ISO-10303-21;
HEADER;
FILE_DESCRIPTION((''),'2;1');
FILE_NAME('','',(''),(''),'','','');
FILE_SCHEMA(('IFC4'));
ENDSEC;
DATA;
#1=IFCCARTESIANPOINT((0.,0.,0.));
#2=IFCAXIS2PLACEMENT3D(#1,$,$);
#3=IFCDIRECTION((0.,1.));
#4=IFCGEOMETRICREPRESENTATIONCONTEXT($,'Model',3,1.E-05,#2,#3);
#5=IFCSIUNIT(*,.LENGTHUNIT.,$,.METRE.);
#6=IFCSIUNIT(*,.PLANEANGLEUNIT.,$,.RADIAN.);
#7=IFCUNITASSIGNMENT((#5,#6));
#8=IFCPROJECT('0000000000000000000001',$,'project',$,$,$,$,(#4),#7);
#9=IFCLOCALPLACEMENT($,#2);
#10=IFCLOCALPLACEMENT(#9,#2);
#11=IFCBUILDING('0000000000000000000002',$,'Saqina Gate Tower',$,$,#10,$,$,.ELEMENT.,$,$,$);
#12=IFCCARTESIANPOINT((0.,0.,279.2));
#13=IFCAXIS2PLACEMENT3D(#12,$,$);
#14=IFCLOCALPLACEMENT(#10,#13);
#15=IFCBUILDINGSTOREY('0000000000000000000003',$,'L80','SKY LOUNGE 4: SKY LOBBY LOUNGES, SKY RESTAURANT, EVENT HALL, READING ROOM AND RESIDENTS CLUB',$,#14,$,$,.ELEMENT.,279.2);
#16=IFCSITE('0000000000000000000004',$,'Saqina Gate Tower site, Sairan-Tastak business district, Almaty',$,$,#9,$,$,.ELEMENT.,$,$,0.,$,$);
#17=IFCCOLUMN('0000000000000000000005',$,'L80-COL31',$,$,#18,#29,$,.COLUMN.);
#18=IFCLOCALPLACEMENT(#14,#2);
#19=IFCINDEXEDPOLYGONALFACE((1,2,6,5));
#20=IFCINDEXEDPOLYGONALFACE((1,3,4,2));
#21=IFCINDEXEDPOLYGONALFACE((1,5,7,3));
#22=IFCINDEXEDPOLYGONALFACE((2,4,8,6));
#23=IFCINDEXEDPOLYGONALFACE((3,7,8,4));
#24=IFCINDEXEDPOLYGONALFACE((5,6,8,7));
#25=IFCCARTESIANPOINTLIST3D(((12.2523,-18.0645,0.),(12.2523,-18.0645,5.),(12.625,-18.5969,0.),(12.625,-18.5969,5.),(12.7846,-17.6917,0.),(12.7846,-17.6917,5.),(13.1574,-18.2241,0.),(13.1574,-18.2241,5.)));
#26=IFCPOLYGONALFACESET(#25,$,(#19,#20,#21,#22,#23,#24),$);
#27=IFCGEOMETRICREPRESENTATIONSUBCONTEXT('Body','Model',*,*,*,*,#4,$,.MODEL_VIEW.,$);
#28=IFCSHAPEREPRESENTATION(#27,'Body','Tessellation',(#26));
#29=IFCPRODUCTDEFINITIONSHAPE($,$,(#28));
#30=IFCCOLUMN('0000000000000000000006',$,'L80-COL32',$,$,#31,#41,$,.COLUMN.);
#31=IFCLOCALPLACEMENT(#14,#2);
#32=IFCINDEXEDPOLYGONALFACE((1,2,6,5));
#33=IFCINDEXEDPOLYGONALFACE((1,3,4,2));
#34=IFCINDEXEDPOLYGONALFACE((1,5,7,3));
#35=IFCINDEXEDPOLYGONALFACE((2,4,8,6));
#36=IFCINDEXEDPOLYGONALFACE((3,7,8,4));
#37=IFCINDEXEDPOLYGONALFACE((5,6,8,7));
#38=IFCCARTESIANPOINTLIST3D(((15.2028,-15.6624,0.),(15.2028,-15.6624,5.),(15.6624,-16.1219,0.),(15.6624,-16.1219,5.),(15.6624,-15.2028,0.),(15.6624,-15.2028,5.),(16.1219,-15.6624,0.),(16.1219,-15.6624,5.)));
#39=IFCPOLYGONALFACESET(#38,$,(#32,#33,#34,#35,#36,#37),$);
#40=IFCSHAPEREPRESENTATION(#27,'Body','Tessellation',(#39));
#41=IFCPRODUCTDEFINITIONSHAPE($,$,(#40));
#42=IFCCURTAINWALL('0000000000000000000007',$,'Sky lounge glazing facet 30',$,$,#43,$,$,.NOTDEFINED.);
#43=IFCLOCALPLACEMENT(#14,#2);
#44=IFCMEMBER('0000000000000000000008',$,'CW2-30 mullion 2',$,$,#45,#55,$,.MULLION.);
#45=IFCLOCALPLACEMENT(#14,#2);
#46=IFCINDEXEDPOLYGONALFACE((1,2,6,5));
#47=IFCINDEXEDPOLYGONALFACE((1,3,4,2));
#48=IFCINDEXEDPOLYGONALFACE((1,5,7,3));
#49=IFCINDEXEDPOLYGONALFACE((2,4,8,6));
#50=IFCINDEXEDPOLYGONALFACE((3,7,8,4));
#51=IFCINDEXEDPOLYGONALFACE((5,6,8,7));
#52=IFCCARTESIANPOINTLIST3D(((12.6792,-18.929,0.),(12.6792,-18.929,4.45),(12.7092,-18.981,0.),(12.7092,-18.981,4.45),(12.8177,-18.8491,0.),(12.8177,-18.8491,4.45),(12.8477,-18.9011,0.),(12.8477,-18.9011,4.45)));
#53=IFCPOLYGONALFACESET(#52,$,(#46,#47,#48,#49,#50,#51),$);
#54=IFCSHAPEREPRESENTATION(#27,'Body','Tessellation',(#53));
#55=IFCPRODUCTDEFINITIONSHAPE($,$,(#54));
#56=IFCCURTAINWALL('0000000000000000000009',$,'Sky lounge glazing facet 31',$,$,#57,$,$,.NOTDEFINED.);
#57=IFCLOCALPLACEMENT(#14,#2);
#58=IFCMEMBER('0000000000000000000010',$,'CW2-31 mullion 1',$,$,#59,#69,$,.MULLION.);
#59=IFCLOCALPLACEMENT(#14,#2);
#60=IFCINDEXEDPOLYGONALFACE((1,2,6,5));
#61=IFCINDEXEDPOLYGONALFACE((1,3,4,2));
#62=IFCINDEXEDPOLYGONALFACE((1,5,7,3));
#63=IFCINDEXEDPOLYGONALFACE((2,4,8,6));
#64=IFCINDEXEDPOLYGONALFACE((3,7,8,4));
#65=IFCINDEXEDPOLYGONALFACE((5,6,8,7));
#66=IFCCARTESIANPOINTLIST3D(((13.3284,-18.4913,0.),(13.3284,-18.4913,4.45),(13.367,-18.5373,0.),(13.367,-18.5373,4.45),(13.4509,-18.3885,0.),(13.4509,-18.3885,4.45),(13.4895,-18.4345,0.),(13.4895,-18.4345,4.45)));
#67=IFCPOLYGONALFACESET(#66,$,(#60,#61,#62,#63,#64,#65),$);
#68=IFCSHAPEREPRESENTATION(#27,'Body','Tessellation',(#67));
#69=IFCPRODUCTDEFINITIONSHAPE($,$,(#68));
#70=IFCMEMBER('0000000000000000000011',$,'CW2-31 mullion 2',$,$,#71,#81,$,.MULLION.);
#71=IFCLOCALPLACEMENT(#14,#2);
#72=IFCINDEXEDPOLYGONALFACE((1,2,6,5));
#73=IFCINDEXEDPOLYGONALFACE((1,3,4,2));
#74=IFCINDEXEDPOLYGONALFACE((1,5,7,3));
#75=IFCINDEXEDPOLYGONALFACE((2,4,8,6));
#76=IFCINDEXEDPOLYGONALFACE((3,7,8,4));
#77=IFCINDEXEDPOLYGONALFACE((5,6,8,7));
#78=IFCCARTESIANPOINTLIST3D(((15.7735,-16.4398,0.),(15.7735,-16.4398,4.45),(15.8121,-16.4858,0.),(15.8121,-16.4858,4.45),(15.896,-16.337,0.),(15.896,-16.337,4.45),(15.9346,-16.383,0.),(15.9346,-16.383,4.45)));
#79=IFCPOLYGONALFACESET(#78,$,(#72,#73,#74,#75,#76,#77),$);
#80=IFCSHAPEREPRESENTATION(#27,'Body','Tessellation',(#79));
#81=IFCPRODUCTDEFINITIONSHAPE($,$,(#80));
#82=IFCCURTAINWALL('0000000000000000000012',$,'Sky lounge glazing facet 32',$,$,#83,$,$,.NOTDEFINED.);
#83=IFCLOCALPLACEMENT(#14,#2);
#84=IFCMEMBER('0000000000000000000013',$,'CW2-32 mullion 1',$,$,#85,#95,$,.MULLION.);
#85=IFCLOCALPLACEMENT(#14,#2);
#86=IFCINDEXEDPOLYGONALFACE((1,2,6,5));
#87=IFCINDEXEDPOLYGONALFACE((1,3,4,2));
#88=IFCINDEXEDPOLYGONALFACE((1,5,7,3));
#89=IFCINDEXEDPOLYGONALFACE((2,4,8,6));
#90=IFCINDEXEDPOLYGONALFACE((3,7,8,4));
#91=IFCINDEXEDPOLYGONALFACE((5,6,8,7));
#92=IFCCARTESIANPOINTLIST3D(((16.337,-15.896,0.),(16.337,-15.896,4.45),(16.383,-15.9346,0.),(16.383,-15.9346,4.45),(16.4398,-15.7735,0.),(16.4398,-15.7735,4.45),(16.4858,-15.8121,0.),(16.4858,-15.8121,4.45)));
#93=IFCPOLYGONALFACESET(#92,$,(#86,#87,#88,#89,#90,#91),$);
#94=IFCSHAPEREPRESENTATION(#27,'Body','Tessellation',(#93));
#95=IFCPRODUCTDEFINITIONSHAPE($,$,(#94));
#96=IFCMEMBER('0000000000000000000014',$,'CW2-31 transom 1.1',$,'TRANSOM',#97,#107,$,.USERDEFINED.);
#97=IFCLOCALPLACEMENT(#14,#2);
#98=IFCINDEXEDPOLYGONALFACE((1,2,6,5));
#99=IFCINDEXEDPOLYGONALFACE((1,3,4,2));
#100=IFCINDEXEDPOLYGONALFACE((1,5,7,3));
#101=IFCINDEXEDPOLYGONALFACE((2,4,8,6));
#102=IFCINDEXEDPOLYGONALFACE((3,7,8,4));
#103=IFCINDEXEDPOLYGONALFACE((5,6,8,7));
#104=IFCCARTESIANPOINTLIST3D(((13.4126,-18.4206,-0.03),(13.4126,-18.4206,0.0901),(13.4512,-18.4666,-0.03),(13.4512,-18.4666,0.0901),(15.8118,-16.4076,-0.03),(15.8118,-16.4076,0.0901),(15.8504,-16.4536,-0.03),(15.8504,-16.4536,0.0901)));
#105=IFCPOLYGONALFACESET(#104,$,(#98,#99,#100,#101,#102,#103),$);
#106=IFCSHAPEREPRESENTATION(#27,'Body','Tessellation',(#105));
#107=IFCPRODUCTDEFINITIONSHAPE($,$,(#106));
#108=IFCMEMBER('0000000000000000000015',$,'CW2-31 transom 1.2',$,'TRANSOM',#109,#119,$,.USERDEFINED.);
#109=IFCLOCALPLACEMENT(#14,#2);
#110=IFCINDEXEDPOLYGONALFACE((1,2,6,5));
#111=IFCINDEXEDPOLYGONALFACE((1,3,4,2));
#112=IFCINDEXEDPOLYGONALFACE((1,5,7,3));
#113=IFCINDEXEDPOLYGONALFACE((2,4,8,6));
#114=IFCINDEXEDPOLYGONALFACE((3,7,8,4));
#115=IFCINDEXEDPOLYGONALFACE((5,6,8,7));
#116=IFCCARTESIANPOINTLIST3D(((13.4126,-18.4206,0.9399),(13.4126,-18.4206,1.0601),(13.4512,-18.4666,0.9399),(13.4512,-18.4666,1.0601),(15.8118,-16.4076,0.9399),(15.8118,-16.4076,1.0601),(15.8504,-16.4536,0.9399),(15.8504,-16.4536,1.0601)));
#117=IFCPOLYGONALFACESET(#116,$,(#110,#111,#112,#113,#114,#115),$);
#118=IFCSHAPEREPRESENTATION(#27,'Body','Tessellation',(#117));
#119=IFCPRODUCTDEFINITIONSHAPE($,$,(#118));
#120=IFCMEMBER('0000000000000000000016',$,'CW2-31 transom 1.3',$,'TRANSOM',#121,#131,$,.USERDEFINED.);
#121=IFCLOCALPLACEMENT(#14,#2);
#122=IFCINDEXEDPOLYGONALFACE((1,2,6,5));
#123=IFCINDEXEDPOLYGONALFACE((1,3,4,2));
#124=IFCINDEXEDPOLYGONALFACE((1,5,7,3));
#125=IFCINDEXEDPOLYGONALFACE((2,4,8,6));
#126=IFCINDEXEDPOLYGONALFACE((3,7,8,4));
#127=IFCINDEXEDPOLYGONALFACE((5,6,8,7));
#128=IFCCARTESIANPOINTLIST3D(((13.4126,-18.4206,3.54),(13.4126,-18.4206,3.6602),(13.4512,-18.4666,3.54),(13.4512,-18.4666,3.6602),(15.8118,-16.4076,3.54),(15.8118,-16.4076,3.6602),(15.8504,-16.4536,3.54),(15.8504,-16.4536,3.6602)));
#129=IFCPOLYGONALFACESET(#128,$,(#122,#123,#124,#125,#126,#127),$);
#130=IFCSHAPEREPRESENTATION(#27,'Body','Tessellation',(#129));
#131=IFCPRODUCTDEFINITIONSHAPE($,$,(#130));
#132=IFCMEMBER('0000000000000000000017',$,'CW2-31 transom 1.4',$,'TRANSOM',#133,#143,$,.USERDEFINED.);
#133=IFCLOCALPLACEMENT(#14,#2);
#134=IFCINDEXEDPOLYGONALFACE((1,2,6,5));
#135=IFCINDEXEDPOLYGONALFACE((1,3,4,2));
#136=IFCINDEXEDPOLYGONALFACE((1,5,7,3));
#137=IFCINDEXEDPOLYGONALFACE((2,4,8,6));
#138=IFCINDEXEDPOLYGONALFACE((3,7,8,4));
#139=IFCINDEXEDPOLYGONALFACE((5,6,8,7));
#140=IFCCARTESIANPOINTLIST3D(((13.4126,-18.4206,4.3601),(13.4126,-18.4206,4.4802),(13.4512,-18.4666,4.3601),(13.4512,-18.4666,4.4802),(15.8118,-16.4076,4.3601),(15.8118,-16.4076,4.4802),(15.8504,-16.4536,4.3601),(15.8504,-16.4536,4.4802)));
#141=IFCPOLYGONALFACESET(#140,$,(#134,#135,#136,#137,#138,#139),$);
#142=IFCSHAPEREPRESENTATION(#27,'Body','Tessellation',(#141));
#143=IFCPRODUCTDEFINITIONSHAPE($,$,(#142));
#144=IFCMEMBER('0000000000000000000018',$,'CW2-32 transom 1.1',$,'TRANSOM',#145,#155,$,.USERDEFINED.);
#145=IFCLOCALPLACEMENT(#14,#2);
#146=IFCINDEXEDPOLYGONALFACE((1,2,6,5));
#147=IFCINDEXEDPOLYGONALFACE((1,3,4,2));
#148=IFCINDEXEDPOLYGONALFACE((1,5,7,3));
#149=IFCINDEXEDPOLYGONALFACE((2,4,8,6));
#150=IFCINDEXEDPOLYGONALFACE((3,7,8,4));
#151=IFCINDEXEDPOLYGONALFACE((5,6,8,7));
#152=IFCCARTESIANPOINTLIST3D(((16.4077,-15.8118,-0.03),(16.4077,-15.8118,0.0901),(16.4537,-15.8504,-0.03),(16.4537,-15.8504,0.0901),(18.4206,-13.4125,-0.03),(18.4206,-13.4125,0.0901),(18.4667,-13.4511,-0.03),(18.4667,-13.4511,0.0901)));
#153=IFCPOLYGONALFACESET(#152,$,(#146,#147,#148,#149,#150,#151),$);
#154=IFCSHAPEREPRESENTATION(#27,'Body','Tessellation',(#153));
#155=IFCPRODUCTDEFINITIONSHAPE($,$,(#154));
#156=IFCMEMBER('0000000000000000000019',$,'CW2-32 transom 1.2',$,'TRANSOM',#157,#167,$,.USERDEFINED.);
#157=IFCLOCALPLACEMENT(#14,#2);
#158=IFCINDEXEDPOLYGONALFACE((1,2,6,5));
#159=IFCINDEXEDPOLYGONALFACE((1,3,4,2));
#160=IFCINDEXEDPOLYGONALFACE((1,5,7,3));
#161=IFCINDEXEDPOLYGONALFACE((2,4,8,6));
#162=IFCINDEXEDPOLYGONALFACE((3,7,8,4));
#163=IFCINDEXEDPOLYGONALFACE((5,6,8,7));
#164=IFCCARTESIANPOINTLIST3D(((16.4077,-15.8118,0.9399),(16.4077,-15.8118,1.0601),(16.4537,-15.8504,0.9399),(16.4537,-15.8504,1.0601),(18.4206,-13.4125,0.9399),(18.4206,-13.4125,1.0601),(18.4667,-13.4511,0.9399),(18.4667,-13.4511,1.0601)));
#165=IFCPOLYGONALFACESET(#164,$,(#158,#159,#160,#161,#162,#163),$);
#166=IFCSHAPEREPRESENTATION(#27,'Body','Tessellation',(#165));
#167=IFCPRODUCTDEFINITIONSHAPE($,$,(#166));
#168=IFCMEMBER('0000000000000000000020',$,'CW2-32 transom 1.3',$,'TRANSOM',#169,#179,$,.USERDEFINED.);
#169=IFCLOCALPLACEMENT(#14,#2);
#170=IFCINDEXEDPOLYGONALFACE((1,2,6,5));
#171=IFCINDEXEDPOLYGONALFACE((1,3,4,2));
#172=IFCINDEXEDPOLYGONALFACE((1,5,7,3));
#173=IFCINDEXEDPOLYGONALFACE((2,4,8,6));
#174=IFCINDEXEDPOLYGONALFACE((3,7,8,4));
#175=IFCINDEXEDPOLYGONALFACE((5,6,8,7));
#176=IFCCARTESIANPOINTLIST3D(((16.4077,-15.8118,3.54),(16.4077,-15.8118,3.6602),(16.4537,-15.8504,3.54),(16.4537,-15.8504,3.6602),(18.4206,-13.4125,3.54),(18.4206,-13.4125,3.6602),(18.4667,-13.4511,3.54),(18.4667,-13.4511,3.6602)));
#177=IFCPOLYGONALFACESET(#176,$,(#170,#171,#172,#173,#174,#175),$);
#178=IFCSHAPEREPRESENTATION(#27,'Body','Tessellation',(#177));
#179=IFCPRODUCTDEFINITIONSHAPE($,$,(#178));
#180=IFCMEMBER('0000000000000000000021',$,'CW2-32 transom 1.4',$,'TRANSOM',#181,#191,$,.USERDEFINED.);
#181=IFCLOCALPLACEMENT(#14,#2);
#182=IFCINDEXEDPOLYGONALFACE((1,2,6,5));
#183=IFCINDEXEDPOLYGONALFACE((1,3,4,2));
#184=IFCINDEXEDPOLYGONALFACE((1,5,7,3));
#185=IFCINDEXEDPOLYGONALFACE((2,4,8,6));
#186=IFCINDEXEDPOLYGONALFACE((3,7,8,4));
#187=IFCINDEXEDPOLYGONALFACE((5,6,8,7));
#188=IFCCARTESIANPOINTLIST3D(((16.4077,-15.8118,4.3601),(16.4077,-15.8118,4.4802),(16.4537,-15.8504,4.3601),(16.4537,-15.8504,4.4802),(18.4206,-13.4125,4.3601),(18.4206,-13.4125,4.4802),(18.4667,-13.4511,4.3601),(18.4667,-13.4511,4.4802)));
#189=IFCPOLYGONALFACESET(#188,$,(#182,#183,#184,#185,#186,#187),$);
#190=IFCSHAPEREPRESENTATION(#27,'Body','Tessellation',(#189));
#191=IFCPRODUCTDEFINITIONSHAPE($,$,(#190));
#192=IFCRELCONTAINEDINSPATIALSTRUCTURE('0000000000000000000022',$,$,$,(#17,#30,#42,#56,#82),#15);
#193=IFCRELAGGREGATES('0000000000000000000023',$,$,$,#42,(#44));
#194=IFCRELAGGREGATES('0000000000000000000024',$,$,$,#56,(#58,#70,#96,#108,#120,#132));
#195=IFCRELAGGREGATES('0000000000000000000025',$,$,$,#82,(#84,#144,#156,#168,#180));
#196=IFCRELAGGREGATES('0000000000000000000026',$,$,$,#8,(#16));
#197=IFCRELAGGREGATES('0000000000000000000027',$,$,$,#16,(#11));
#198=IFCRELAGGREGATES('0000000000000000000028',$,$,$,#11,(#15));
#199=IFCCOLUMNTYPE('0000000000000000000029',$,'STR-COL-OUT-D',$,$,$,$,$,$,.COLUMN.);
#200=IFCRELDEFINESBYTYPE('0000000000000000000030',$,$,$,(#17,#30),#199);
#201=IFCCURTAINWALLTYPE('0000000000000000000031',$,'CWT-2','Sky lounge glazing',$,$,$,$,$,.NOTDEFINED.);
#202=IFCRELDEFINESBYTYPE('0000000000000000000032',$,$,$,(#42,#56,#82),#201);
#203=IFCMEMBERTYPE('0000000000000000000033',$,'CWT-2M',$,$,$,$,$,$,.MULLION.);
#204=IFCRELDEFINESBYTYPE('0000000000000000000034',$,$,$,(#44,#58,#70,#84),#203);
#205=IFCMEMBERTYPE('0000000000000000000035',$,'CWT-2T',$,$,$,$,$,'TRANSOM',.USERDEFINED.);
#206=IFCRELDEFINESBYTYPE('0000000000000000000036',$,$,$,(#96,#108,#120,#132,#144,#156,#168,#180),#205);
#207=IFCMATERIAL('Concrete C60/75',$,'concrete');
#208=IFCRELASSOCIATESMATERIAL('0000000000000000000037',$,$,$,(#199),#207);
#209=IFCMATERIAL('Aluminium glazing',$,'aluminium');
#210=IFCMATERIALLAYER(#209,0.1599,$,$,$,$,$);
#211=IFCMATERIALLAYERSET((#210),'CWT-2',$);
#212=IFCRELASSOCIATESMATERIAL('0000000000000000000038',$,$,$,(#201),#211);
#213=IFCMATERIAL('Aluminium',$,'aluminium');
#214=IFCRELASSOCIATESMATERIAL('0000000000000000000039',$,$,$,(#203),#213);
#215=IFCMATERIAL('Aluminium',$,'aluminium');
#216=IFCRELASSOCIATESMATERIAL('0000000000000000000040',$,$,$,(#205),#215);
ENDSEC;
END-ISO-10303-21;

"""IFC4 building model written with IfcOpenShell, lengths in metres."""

from ifc_helpers import new_model, si_unit, direction, frame, origin, origin_2d, place, context, subcontext, project, spatial, rectangle, extrude, material, layer, layer_set, material_profile, profile_set, type_object, element, aggregate, save


model = new_model("IFC4")

# Units and contexts
model_context = context("Model", 3, precision=1e-05, world=origin(), true_north=direction((0.0, 1.0)))
body_context = subcontext(model_context, "Body", "Model", "MODEL_VIEW")
ifc_project = project(units=[si_unit("LENGTHUNIT", "METRE"), si_unit("PLANEANGLEUNIT", "RADIAN")], contexts=[model_context])

# Site, building, storey
site_placement = place(None, origin())
site = spatial("IfcSite", under=ifc_project, at=site_placement, Name="Saqina Gate Tower site, Sairan-Tastak business district, Almaty", CompositionType="ELEMENT", RefElevation=0.0)
building_placement = place(site_placement, origin())
building = spatial("IfcBuilding", under=site, at=building_placement, Name="Saqina Gate Tower", CompositionType="ELEMENT")
storey_placement = place(building_placement, frame((0.0, 0.0, 279.2)))
storey = spatial("IfcBuildingStorey", under=building, at=storey_placement, Name="L80", Description="SKY LOUNGE 4: SKY LOBBY LOUNGES, SKY RESTAURANT, EVENT HALL, READING ROOM AND RESIDENTS CLUB", CompositionType="ELEMENT", Elevation=279.2)

# Columns
ifc_material_1 = material(Name="Concrete C60/75", Category="concrete")
ifc_material_profile_1 = material_profile(ifc_material_1, rectangle(XDim=0.6499, YDim=0.6499, at=origin_2d()), Name="RC 650x650")
ifc_profile_set_1 = profile_set([ifc_material_profile_1], Name="Concrete C60/75")
column_type = type_object("IfcColumnType", Name="STR-COL-OUT-D", PredefinedType="COLUMN", material=ifc_profile_set_1)
for number, where, z_axis, x_axis, name in (
    (1, (12.7048, -18.1443, 0.0), (0.0, 0.0, 1.0), (0.573576, -0.819152, 0.0), "L80-COL31"),
    (2, (15.6624, -15.6624, 0.0), (0.0, 0.0, 1.0), (0.707107, -0.707107, 0.0), "L80-COL32"),
):
    element("IfcColumn", number, at=place(storey_placement, frame(where, z_axis=z_axis, x_axis=x_axis)), inside=storey, type_object=column_type, Name=name, PredefinedType="COLUMN", context=body_context, shape_type="SweptSolid", body=[
        extrude(rectangle(XDim=0.6499, YDim=0.6499, at=origin_2d()), origin(), (0.0, 0.0, 1.0), 5.0),
    ])

# Curtain wall, member
ifc_material_2 = material(Name="Aluminium glazing", Category="aluminium")
ifc_layer_1 = layer(ifc_material_2, 0.1599)
ifc_layer_set_1 = layer_set([ifc_layer_1], Name="CWT-2")
curtain_wall_type = type_object("IfcCurtainWallType", Name="CWT-2", Description="Sky lounge glazing", PredefinedType="NOTDEFINED", material=ifc_layer_set_1)
curtain_wall_1_placement = place(storey_placement, origin())
curtain_wall_1 = element("IfcCurtainWall", 3, at=curtain_wall_1_placement, inside=storey, type_object=curtain_wall_type, Name="Sky lounge glazing facet 30", PredefinedType="NOTDEFINED")
ifc_material_3 = material(Name="Aluminium", Category="aluminium")
ifc_material_profile_2 = material_profile(ifc_material_3, rectangle(XDim=0.0601, YDim=0.1599, at=origin_2d()), Name="Aluminium 60x160")
ifc_profile_set_2 = profile_set([ifc_material_profile_2], Name="Aluminium")
member_type_1 = type_object("IfcMemberType", Name="CWT-2M", PredefinedType="MULLION", material=ifc_profile_set_2)
member_1_placement = place(storey_placement, frame((12.7634, -18.915, 0.0), z_axis=(0.0, 0.0, 1.0), x_axis=(-0.499982, 0.866036, 0.0)))
member_1 = element("IfcMember", 4, at=member_1_placement, type_object=member_type_1, Name="CW2-30 mullion 2", PredefinedType="MULLION", context=body_context, shape_type="SweptSolid", body=[
    extrude(rectangle(XDim=0.0601, YDim=0.1599, at=origin_2d()), origin(), (0.0, 0.0, 1.0), 4.45),
])

# Curtain wall, members
curtain_wall_2_placement = place(storey_placement, origin())
curtain_wall_2 = element("IfcCurtainWall", 5, at=curtain_wall_2_placement, inside=storey, type_object=curtain_wall_type, Name="Sky lounge glazing facet 31", PredefinedType="NOTDEFINED")
member_2_placement = place(storey_placement, frame((13.4089, -18.4629, 0.0), z_axis=(0.0, 0.0, 1.0), x_axis=(-0.642785, 0.766046, 0.0)))
member_2 = element("IfcMember", 6, at=member_2_placement, type_object=member_type_1, Name="CW2-31 mullion 1", PredefinedType="MULLION", context=body_context, shape_type="SweptSolid", body=[
    extrude(rectangle(XDim=0.0601, YDim=0.1599, at=origin_2d()), origin(), (0.0, 0.0, 1.0), 4.45),
])
member_3_placement = place(storey_placement, frame((15.854, -16.4114, 0.0), z_axis=(0.0, 0.0, 1.0), x_axis=(-0.642785, 0.766046, 0.0)))
member_3 = element("IfcMember", 7, at=member_3_placement, type_object=member_type_1, Name="CW2-31 mullion 2", PredefinedType="MULLION", context=body_context, shape_type="SweptSolid", body=[
    extrude(rectangle(XDim=0.0601, YDim=0.1599, at=origin_2d()), origin(), (0.0, 0.0, 1.0), 4.45),
])

# Curtain wall, member
curtain_wall_3_placement = place(storey_placement, origin())
curtain_wall_3 = element("IfcCurtainWall", 8, at=curtain_wall_3_placement, inside=storey, type_object=curtain_wall_type, Name="Sky lounge glazing facet 32", PredefinedType="NOTDEFINED")
member_4_placement = place(storey_placement, frame((16.4114, -15.854, 0.0), z_axis=(0.0, 0.0, 1.0), x_axis=(-0.766046, 0.642785, 0.0)))
member_4 = element("IfcMember", 9, at=member_4_placement, type_object=member_type_1, Name="CW2-32 mullion 1", PredefinedType="MULLION", context=body_context, shape_type="SweptSolid", body=[
    extrude(rectangle(XDim=0.0601, YDim=0.1599, at=origin_2d()), origin(), (0.0, 0.0, 1.0), 4.45),
])

# Members
ifc_material_4 = material(Name="Aluminium", Category="aluminium")
ifc_material_profile_3 = material_profile(ifc_material_4, rectangle(XDim=0.0601, YDim=0.1201, at=origin_2d()), Name="Aluminium 60x120")
ifc_profile_set_3 = profile_set([ifc_material_profile_3], Name="Aluminium")
member_type_2 = type_object("IfcMemberType", Name="CWT-2T", ElementType="TRANSOM", PredefinedType="USERDEFINED", material=ifc_profile_set_3)
member_5_placement = place(storey_placement, frame((13.4319, -18.4436, 0.03), z_axis=(0.766076, 0.64275, 0.0), x_axis=(-0.64275, 0.766076, 0.0)))
member_5 = element("IfcMember", 10, at=member_5_placement, type_object=member_type_2, Name="CW2-31 transom 1.1", ObjectType="TRANSOM", PredefinedType="USERDEFINED", context=body_context, shape_type="SweptSolid", body=[
    extrude(rectangle(XDim=0.0601, YDim=0.1201, at=origin_2d()), origin(), (0.0, 0.0, 1.0), 3.1318),
])
member_6_placement = place(storey_placement, frame((13.4319, -18.4436, 1.0), z_axis=(0.766076, 0.64275, 0.0), x_axis=(-0.64275, 0.766076, 0.0)))
member_6 = element("IfcMember", 11, at=member_6_placement, type_object=member_type_2, Name="CW2-31 transom 1.2", ObjectType="TRANSOM", PredefinedType="USERDEFINED", context=body_context, shape_type="SweptSolid", body=[
    extrude(rectangle(XDim=0.0601, YDim=0.1201, at=origin_2d()), origin(), (0.0, 0.0, 1.0), 3.1318),
])
member_7_placement = place(storey_placement, frame((13.4319, -18.4436, 3.6001), z_axis=(0.766076, 0.64275, 0.0), x_axis=(-0.64275, 0.766076, 0.0)))
member_7 = element("IfcMember", 12, at=member_7_placement, type_object=member_type_2, Name="CW2-31 transom 1.3", ObjectType="TRANSOM", PredefinedType="USERDEFINED", context=body_context, shape_type="SweptSolid", body=[
    extrude(rectangle(XDim=0.0601, YDim=0.1201, at=origin_2d()), origin(), (0.0, 0.0, 1.0), 3.1318),
])
member_8_placement = place(storey_placement, frame((13.4319, -18.4436, 4.4202), z_axis=(0.766076, 0.64275, 0.0), x_axis=(-0.64275, 0.766076, 0.0)))
member_8 = element("IfcMember", 13, at=member_8_placement, type_object=member_type_2, Name="CW2-31 transom 1.4", ObjectType="TRANSOM", PredefinedType="USERDEFINED", context=body_context, shape_type="SweptSolid", body=[
    extrude(rectangle(XDim=0.0601, YDim=0.1201, at=origin_2d()), origin(), (0.0, 0.0, 1.0), 3.1318),
])
member_9_placement = place(storey_placement, frame((16.4307, -15.8311, 0.03), z_axis=(0.64275, 0.766076, 0.0), x_axis=(-0.766076, 0.64275, 0.0)))
member_9 = element("IfcMember", 14, at=member_9_placement, type_object=member_type_2, Name="CW2-32 transom 1.1", ObjectType="TRANSOM", PredefinedType="USERDEFINED", context=body_context, shape_type="SweptSolid", body=[
    extrude(rectangle(XDim=0.0601, YDim=0.1201, at=origin_2d()), origin(), (0.0, 0.0, 1.0), 3.1318),
])
member_10_placement = place(storey_placement, frame((16.4307, -15.8311, 1.0), z_axis=(0.64275, 0.766076, 0.0), x_axis=(-0.766076, 0.64275, 0.0)))
member_10 = element("IfcMember", 15, at=member_10_placement, type_object=member_type_2, Name="CW2-32 transom 1.2", ObjectType="TRANSOM", PredefinedType="USERDEFINED", context=body_context, shape_type="SweptSolid", body=[
    extrude(rectangle(XDim=0.0601, YDim=0.1201, at=origin_2d()), origin(), (0.0, 0.0, 1.0), 3.1318),
])
member_11_placement = place(storey_placement, frame((16.4307, -15.8311, 3.6001), z_axis=(0.64275, 0.766076, 0.0), x_axis=(-0.766076, 0.64275, 0.0)))
member_11 = element("IfcMember", 16, at=member_11_placement, type_object=member_type_2, Name="CW2-32 transom 1.3", ObjectType="TRANSOM", PredefinedType="USERDEFINED", context=body_context, shape_type="SweptSolid", body=[
    extrude(rectangle(XDim=0.0601, YDim=0.1201, at=origin_2d()), origin(), (0.0, 0.0, 1.0), 3.1318),
])
member_12_placement = place(storey_placement, frame((16.4307, -15.8311, 4.4202), z_axis=(0.64275, 0.766076, 0.0), x_axis=(-0.766076, 0.64275, 0.0)))
member_12 = element("IfcMember", 17, at=member_12_placement, type_object=member_type_2, Name="CW2-32 transom 1.4", ObjectType="TRANSOM", PredefinedType="USERDEFINED", context=body_context, shape_type="SweptSolid", body=[
    extrude(rectangle(XDim=0.0601, YDim=0.1201, at=origin_2d()), origin(), (0.0, 0.0, 1.0), 3.1318),
])

aggregate(curtain_wall_1, [member_1])
aggregate(curtain_wall_2, [member_2, member_3, member_5, member_6, member_7, member_8])
aggregate(curtain_wall_3, [member_4, member_9, member_10, member_11, member_12])

save(model, "model.ifc")
